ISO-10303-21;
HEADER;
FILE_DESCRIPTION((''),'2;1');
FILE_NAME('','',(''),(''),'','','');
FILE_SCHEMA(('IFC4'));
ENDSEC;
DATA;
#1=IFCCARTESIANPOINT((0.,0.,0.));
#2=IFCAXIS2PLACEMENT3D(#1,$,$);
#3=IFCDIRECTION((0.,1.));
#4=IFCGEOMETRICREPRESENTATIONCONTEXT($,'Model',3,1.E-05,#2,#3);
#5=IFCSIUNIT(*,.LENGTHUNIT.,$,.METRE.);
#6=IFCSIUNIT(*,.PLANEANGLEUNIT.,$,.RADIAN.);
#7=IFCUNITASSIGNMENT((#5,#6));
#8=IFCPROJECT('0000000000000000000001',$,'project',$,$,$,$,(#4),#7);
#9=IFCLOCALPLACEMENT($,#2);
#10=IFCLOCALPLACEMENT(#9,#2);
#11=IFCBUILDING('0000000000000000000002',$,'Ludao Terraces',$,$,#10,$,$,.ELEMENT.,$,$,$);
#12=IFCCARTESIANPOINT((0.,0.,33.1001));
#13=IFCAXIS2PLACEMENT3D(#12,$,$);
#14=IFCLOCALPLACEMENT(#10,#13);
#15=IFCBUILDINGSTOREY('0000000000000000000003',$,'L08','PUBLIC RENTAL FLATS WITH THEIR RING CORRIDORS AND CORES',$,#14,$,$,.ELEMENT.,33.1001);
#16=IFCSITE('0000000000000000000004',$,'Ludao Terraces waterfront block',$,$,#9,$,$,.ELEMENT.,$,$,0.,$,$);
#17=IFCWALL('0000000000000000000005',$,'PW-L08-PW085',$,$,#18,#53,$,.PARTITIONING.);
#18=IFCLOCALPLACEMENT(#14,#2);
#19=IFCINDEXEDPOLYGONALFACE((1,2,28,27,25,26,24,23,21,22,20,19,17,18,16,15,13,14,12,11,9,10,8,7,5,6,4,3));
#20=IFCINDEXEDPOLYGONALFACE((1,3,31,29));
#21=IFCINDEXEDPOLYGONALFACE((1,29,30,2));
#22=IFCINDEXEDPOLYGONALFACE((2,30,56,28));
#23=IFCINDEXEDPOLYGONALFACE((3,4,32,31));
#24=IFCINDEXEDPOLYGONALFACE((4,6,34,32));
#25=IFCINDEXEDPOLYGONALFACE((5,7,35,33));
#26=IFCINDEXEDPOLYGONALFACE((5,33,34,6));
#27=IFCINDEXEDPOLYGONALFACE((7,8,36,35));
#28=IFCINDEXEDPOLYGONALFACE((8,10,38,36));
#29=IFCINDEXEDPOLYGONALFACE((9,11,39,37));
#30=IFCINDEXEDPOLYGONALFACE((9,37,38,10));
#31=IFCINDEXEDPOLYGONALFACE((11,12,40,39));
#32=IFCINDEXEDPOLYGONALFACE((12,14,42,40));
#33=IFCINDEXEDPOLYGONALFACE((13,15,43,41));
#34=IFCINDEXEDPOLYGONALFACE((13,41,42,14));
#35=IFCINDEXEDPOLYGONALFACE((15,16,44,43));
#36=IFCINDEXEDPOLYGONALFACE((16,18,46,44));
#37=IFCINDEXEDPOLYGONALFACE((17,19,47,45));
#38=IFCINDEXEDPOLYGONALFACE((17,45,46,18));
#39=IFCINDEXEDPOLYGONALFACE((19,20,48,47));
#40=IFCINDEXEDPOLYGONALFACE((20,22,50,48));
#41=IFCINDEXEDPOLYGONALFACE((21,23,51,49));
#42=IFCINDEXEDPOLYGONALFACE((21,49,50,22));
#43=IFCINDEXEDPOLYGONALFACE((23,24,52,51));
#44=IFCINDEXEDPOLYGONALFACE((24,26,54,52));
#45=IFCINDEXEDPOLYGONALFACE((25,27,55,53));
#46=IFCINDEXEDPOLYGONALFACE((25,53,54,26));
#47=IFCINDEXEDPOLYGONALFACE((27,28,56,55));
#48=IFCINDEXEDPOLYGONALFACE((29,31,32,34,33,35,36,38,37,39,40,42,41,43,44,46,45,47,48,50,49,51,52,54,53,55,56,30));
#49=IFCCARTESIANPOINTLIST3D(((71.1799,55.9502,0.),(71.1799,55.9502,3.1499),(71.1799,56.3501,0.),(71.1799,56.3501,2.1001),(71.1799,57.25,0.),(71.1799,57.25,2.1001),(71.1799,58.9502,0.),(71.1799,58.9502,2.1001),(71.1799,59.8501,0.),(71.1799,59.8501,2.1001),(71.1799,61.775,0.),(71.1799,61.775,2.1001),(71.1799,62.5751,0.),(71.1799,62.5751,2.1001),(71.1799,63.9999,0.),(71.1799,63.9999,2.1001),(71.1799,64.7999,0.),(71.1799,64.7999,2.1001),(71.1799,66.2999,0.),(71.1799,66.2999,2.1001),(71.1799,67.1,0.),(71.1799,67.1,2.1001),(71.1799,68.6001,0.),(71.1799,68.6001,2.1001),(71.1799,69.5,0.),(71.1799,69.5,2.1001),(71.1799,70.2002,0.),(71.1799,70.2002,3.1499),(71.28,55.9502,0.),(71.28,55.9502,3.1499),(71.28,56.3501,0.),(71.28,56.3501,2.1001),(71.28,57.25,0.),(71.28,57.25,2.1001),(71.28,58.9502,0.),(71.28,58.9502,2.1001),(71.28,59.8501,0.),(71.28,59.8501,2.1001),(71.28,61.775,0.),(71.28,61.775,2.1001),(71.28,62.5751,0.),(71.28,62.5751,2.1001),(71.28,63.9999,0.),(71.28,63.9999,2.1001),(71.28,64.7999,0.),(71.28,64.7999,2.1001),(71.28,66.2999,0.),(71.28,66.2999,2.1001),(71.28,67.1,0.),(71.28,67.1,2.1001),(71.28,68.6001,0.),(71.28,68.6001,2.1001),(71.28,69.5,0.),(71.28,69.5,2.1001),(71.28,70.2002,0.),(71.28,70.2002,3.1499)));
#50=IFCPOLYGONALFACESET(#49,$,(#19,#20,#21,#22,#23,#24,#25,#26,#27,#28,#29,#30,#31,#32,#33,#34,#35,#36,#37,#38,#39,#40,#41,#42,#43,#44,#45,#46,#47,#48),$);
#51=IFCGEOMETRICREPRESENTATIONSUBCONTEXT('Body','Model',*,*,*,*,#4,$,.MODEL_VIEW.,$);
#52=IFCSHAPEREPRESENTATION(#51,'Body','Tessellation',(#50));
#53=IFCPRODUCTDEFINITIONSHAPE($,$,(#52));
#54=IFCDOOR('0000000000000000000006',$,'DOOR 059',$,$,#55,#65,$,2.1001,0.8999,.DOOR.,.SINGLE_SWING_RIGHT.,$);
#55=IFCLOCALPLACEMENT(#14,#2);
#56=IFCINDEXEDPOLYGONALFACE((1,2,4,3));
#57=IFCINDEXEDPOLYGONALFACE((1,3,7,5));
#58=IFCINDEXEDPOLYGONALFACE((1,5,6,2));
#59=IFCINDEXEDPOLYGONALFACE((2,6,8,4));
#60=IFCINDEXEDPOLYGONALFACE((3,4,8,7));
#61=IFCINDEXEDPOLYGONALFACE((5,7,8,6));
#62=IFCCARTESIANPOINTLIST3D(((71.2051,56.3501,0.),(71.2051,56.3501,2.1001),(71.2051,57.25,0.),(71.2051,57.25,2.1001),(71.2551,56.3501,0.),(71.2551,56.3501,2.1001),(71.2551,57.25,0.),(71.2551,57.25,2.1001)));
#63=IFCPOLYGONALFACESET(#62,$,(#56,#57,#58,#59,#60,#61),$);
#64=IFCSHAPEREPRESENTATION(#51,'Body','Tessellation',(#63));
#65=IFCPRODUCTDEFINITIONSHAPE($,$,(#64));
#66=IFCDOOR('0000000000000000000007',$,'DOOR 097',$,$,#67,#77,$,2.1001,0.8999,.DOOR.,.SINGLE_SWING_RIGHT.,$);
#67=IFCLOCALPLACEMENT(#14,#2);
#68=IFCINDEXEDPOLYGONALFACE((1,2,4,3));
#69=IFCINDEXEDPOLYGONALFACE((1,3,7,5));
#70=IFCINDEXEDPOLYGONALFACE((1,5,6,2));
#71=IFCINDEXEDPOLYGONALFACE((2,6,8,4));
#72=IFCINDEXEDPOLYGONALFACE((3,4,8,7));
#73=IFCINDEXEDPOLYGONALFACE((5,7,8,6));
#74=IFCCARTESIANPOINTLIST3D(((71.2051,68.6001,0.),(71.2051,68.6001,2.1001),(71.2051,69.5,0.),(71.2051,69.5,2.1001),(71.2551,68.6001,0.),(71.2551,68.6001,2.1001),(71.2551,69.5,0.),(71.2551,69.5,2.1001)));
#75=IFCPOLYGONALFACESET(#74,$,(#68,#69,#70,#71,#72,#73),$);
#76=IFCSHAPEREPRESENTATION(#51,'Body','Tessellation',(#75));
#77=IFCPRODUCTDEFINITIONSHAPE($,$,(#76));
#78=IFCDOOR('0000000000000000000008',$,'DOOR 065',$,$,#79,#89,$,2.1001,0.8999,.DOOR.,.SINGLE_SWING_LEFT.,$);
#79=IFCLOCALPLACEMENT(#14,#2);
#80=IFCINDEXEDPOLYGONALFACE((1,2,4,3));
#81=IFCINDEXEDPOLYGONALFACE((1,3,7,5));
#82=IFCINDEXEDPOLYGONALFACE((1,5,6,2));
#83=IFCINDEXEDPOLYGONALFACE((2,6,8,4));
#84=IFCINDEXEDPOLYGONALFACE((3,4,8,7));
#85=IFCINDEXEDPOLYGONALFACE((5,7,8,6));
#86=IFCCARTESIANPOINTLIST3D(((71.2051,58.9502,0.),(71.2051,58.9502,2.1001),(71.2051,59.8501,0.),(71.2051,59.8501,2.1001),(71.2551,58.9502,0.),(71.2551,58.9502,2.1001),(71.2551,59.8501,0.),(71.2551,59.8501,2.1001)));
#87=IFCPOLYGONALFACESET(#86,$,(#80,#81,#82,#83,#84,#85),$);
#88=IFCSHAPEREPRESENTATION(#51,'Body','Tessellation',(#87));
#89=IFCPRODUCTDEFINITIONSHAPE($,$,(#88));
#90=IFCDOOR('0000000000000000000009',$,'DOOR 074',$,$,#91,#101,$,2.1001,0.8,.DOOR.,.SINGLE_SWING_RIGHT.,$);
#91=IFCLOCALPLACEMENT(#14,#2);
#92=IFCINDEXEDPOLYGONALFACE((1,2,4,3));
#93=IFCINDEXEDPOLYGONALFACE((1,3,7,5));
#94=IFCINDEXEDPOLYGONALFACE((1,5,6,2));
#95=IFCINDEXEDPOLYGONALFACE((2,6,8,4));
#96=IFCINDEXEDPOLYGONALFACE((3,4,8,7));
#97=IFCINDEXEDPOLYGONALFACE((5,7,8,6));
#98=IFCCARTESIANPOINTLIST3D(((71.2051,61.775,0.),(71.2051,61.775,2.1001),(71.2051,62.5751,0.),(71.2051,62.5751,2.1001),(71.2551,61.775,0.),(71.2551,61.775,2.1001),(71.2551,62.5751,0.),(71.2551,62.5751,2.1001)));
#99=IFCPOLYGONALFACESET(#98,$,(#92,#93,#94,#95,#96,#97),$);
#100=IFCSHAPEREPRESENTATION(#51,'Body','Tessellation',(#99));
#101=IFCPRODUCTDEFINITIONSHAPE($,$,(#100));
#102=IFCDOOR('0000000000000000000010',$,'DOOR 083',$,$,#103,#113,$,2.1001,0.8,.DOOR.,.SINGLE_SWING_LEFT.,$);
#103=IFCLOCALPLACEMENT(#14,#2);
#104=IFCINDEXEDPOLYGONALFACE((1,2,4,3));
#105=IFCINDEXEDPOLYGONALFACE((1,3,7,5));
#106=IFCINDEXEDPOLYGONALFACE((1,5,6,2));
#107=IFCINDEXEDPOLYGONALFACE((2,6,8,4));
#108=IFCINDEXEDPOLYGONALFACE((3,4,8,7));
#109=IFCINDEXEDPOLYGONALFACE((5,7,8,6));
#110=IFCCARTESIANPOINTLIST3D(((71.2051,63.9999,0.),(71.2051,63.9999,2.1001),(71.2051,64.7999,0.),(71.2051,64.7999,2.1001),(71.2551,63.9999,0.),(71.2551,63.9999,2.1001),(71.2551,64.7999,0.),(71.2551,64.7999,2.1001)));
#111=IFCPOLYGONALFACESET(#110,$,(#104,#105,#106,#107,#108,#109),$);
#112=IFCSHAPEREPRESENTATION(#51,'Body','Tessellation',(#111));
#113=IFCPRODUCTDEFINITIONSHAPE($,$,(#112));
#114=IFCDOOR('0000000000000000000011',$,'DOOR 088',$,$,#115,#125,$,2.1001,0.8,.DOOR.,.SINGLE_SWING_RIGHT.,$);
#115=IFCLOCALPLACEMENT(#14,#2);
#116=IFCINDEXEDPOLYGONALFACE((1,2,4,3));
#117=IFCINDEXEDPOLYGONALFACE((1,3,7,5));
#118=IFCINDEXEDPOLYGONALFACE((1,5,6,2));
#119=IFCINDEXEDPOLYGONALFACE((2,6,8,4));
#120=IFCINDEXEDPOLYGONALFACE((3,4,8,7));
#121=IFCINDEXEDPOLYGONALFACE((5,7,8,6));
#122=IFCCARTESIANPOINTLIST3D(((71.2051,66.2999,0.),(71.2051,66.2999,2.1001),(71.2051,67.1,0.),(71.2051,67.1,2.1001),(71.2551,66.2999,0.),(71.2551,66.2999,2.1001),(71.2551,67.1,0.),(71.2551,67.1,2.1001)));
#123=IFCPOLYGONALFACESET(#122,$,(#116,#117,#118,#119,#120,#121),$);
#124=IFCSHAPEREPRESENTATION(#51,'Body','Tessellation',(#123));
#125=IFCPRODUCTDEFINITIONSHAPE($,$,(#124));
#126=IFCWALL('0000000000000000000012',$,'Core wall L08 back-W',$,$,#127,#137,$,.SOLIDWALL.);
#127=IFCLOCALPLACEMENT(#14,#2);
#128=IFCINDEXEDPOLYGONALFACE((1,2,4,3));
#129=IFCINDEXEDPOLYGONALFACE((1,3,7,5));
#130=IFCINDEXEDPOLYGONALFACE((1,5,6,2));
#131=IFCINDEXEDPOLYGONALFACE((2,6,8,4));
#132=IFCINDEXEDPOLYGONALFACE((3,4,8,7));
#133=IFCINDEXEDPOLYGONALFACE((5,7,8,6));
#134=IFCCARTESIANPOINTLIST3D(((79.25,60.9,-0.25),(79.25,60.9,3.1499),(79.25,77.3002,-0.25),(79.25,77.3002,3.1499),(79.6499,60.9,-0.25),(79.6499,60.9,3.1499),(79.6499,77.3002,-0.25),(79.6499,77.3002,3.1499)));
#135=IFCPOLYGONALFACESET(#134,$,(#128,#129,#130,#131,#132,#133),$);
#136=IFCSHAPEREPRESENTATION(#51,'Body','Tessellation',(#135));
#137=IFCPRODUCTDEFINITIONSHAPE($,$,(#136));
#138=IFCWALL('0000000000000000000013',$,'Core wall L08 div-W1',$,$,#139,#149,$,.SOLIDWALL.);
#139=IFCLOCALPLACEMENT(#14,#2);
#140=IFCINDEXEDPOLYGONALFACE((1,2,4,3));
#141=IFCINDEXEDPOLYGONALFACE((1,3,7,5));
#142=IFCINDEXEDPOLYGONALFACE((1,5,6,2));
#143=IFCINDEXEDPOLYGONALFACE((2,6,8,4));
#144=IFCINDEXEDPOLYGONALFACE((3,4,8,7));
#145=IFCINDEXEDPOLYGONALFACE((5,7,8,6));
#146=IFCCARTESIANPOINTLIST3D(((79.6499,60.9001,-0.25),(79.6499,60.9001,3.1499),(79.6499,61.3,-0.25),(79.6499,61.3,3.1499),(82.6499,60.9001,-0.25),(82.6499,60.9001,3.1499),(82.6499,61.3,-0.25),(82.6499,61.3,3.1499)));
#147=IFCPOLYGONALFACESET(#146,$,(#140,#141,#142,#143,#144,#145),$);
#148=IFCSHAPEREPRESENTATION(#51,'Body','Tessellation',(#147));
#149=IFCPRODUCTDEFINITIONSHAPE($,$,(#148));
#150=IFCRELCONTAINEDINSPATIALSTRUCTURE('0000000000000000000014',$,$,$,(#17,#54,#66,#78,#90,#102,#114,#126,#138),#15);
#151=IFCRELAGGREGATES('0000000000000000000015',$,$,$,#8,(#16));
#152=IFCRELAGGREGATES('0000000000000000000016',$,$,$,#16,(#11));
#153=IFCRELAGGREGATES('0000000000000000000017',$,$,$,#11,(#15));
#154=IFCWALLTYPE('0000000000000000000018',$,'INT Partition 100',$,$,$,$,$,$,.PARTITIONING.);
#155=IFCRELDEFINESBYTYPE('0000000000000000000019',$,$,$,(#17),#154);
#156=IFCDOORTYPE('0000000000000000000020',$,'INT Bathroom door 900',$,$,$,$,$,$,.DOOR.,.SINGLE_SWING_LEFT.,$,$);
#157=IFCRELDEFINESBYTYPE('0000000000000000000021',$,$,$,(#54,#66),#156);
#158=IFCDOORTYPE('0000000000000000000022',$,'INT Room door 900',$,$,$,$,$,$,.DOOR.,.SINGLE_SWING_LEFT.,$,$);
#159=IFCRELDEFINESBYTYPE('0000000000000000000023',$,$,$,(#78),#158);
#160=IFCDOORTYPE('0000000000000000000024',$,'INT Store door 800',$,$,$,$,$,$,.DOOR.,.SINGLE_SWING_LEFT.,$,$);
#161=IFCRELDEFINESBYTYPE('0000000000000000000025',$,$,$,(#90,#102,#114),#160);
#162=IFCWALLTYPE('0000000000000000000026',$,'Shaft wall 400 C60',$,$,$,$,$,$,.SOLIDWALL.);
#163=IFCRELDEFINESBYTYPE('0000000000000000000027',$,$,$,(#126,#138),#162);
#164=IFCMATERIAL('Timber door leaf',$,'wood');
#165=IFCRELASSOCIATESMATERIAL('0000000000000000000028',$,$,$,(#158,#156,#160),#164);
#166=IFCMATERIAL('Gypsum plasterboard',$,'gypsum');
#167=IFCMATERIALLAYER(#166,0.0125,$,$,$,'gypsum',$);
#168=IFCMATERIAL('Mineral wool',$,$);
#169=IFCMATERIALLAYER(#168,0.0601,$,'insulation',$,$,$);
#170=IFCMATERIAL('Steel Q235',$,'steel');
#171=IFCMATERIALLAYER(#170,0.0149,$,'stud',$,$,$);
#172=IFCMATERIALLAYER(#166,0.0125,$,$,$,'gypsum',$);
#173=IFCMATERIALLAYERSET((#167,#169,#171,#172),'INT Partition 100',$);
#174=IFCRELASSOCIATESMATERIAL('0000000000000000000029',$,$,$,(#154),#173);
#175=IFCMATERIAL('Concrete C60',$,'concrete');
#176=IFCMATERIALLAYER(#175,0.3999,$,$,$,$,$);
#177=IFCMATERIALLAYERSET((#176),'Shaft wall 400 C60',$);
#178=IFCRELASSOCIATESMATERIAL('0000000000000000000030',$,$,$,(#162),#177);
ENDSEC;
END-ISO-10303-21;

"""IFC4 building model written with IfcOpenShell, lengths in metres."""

from ifc_helpers import new_model, si_unit, direction, frame, frame_2d, origin, place, context, subcontext, project, spatial, rectangle, extrude, material, layer, layer_set, type_object, element, fill, save


model = new_model("IFC4")

# Units and contexts
model_context = context("Model", 3, precision=1e-05, world=origin(), true_north=direction((0.0, 1.0)))
body_context = subcontext(model_context, "Body", "Model", "MODEL_VIEW")
ifc_project = project(units=[si_unit("LENGTHUNIT", "METRE"), si_unit("PLANEANGLEUNIT", "RADIAN")], contexts=[model_context])

# Site, building, storey
site_placement = place(None, origin())
site = spatial("IfcSite", under=ifc_project, at=site_placement, Name="Ludao Terraces waterfront block", CompositionType="ELEMENT", RefElevation=0.0)
building_placement = place(site_placement, origin())
building = spatial("IfcBuilding", under=site, at=building_placement, Name="Ludao Terraces", CompositionType="ELEMENT")
storey_placement = place(building_placement, frame((0.0, 0.0, 33.1001)))
storey = spatial("IfcBuildingStorey", under=building, at=storey_placement, Name="L08", Description="PUBLIC RENTAL FLATS WITH THEIR RING CORRIDORS AND CORES", CompositionType="ELEMENT", Elevation=33.1001)

# Shared definitions
ifc_material_1 = material(Name="Concrete C60", Category="concrete")

# Shared definitions
ifc_material_2 = material(Name="Steel Q235", Category="steel")
ifc_material_3 = material(Name="Mineral wool")
ifc_material_4 = material(Name="Timber door leaf", Category="wood")
door_type_1 = type_object("IfcDoorType", Name="INT Room door 900", OperationType="SINGLE_SWING_LEFT", PredefinedType="DOOR", material=ifc_material_4)

# Shared definitions
ifc_material_5 = material(Name="Gypsum plasterboard", Category="gypsum")
ifc_layer_1 = layer(ifc_material_5, 0.0125, Category="gypsum")
ifc_layer_2 = layer(ifc_material_3, 0.0601, Name="insulation")
ifc_layer_3 = layer(ifc_material_2, 0.0149, Name="stud")
ifc_layer_4 = layer(ifc_material_5, 0.0125, Category="gypsum")
ifc_layer_set_1 = layer_set([ifc_layer_1, ifc_layer_2, ifc_layer_3, ifc_layer_4], Name="INT Partition 100")
wall_type_1 = type_object("IfcWallType", Name="INT Partition 100", PredefinedType="PARTITIONING", material=ifc_layer_set_1)

# Wall, openings, doors
wall_1_placement = place(storey_placement, frame((71.23, 55.9502, 0.0), z_axis=(0.0, 0.0, 1.0), x_axis=(0.0, 1.0, 0.0)))
wall_1 = element("IfcWall", 1, at=wall_1_placement, inside=storey, type_object=wall_type_1, Name="PW-L08-PW085", PredefinedType="PARTITIONING", context=body_context, shape_type="SweptSolid", body=[
    extrude(rectangle(XDim=14.25, YDim=0.1001, at=frame_2d((7.125, 0.0))), origin(), (0.0, 0.0, 1.0), 3.1499),
])
opening_1_placement = place(wall_1_placement, frame((0.3999, 0.0, 0.0)))
opening_1 = element("IfcOpeningElement", 2, at=opening_1_placement, cuts=wall_1, PredefinedType="OPENING", context=body_context, shape_type="SweptSolid", body=[
    extrude(rectangle(XDim=0.8999, YDim=2.1001, at=frame_2d((0.45, 1.05))), frame((0.0, 0.0601, 0.0), z_axis=(0.0, -1.0, 0.0), x_axis=(1.0, 0.0, 0.0)), (0.0, 0.0, 1.0), 0.1201),
])
opening_2_placement = place(wall_1_placement, frame((3.0, 0.0, 0.0)))
opening_2 = element("IfcOpeningElement", 3, at=opening_2_placement, cuts=wall_1, PredefinedType="OPENING", context=body_context, shape_type="SweptSolid", body=[
    extrude(rectangle(XDim=0.8999, YDim=2.1001, at=frame_2d((0.45, 1.05))), frame((0.0, 0.0601, 0.0), z_axis=(0.0, -1.0, 0.0), x_axis=(1.0, 0.0, 0.0)), (0.0, 0.0, 1.0), 0.1201),
])
opening_3_placement = place(wall_1_placement, frame((5.825, 0.0, 0.0)))
opening_3 = element("IfcOpeningElement", 4, at=opening_3_placement, cuts=wall_1, PredefinedType="OPENING", context=body_context, shape_type="SweptSolid", body=[
    extrude(rectangle(XDim=0.8, YDim=2.1001, at=frame_2d((0.3999, 1.05))), frame((0.0, 0.0601, 0.0), z_axis=(0.0, -1.0, 0.0), x_axis=(1.0, 0.0, 0.0)), (0.0, 0.0, 1.0), 0.1201),
])
opening_4_placement = place(wall_1_placement, frame((8.0498, 0.0, 0.0)))
opening_4 = element("IfcOpeningElement", 5, at=opening_4_placement, cuts=wall_1, PredefinedType="OPENING", context=body_context, shape_type="SweptSolid", body=[
    extrude(rectangle(XDim=0.8, YDim=2.1001, at=frame_2d((0.3999, 1.05))), frame((0.0, 0.0601, 0.0), z_axis=(0.0, -1.0, 0.0), x_axis=(1.0, 0.0, 0.0)), (0.0, 0.0, 1.0), 0.1201),
])
opening_5_placement = place(wall_1_placement, frame((10.3499, 0.0, 0.0)))
opening_5 = element("IfcOpeningElement", 6, at=opening_5_placement, cuts=wall_1, PredefinedType="OPENING", context=body_context, shape_type="SweptSolid", body=[
    extrude(rectangle(XDim=0.8, YDim=2.1001, at=frame_2d((0.3999, 1.05))), frame((0.0, 0.0601, 0.0), z_axis=(0.0, -1.0, 0.0), x_axis=(1.0, 0.0, 0.0)), (0.0, 0.0, 1.0), 0.1201),
])
opening_6_placement = place(wall_1_placement, frame((12.6499, 0.0, 0.0)))
opening_6 = element("IfcOpeningElement", 7, at=opening_6_placement, cuts=wall_1, PredefinedType="OPENING", context=body_context, shape_type="SweptSolid", body=[
    extrude(rectangle(XDim=0.8999, YDim=2.1001, at=frame_2d((0.45, 1.05))), frame((0.0, 0.0601, 0.0), z_axis=(0.0, -1.0, 0.0), x_axis=(1.0, 0.0, 0.0)), (0.0, 0.0, 1.0), 0.1201),
])
door_type_2 = type_object("IfcDoorType", Name="INT Bathroom door 900", OperationType="SINGLE_SWING_LEFT", PredefinedType="DOOR", material=ifc_material_4)
door_1_placement = place(opening_1_placement, origin())
door_1 = element("IfcDoor", 8, at=door_1_placement, inside=storey, type_object=door_type_2, Name="DOOR 059", OperationType="SINGLE_SWING_RIGHT", OverallHeight=2.1001, OverallWidth=0.8999, PredefinedType="DOOR", context=body_context, shape_type="SweptSolid", body=[
    extrude(rectangle(XDim=0.8999, YDim=2.1001, at=frame_2d((0.45, 1.05))), frame((0.0, 0.0249, 0.0), z_axis=(0.0, -1.0, 0.0), x_axis=(1.0, 0.0, 0.0)), (0.0, 0.0, 1.0), 0.05),
])
fill(opening_1, door_1)
door_2_placement = place(opening_6_placement, origin())
door_2 = element("IfcDoor", 9, at=door_2_placement, inside=storey, type_object=door_type_2, Name="DOOR 097", OperationType="SINGLE_SWING_RIGHT", OverallHeight=2.1001, OverallWidth=0.8999, PredefinedType="DOOR", context=body_context, shape_type="SweptSolid", body=[
    extrude(rectangle(XDim=0.8999, YDim=2.1001, at=frame_2d((0.45, 1.05))), frame((0.0, 0.0249, 0.0), z_axis=(0.0, -1.0, 0.0), x_axis=(1.0, 0.0, 0.0)), (0.0, 0.0, 1.0), 0.05),
])
fill(opening_6, door_2)
door_3_placement = place(opening_2_placement, origin())
door_3 = element("IfcDoor", 10, at=door_3_placement, inside=storey, type_object=door_type_1, Name="DOOR 065", OperationType="SINGLE_SWING_LEFT", OverallHeight=2.1001, OverallWidth=0.8999, PredefinedType="DOOR", context=body_context, shape_type="SweptSolid", body=[
    extrude(rectangle(XDim=0.8999, YDim=2.1001, at=frame_2d((0.45, 1.05))), frame((0.0, 0.0249, 0.0), z_axis=(0.0, -1.0, 0.0), x_axis=(1.0, 0.0, 0.0)), (0.0, 0.0, 1.0), 0.05),
])
fill(opening_2, door_3)
door_type_3 = type_object("IfcDoorType", Name="INT Store door 800", OperationType="SINGLE_SWING_LEFT", PredefinedType="DOOR", material=ifc_material_4)
door_4_placement = place(opening_3_placement, origin())
door_4 = element("IfcDoor", 11, at=door_4_placement, inside=storey, type_object=door_type_3, Name="DOOR 074", OperationType="SINGLE_SWING_RIGHT", OverallHeight=2.1001, OverallWidth=0.8, PredefinedType="DOOR", context=body_context, shape_type="SweptSolid", body=[
    extrude(rectangle(XDim=0.8, YDim=2.1001, at=frame_2d((0.3999, 1.05))), frame((0.0, 0.0249, 0.0), z_axis=(0.0, -1.0, 0.0), x_axis=(1.0, 0.0, 0.0)), (0.0, 0.0, 1.0), 0.05),
])
fill(opening_3, door_4)
door_5_placement = place(opening_4_placement, origin())
door_5 = element("IfcDoor", 12, at=door_5_placement, inside=storey, type_object=door_type_3, Name="DOOR 083", OperationType="SINGLE_SWING_LEFT", OverallHeight=2.1001, OverallWidth=0.8, PredefinedType="DOOR", context=body_context, shape_type="SweptSolid", body=[
    extrude(rectangle(XDim=0.8, YDim=2.1001, at=frame_2d((0.3999, 1.05))), frame((0.0, 0.0249, 0.0), z_axis=(0.0, -1.0, 0.0), x_axis=(1.0, 0.0, 0.0)), (0.0, 0.0, 1.0), 0.05),
])
fill(opening_4, door_5)
door_6_placement = place(opening_5_placement, origin())
door_6 = element("IfcDoor", 13, at=door_6_placement, inside=storey, type_object=door_type_3, Name="DOOR 088", OperationType="SINGLE_SWING_RIGHT", OverallHeight=2.1001, OverallWidth=0.8, PredefinedType="DOOR", context=body_context, shape_type="SweptSolid", body=[
    extrude(rectangle(XDim=0.8, YDim=2.1001, at=frame_2d((0.3999, 1.05))), frame((0.0, 0.0249, 0.0), z_axis=(0.0, -1.0, 0.0), x_axis=(1.0, 0.0, 0.0)), (0.0, 0.0, 1.0), 0.05),
])
fill(opening_5, door_6)

# Walls
ifc_layer_5 = layer(ifc_material_1, 0.3999)
ifc_layer_set_2 = layer_set([ifc_layer_5], Name="Shaft wall 400 C60")
wall_type_2 = type_object("IfcWallType", Name="Shaft wall 400 C60", PredefinedType="SOLIDWALL", material=ifc_layer_set_2)
wall_2_placement = place(storey_placement, frame((79.45, 60.8999, -0.25), z_axis=(0.0, 0.0, 1.0), x_axis=(0.0, 1.0, 0.0)))
element("IfcWall", 14, at=wall_2_placement, inside=storey, type_object=wall_type_2, Name="Core wall L08 back-W", PredefinedType="SOLIDWALL", context=body_context, shape_type="SweptSolid", body=[
    extrude(rectangle(XDim=16.4001, YDim=0.3999, at=frame_2d((8.2002, 0.0))), origin(), (0.0, 0.0, 1.0), 3.3999),
])
wall_3_placement = place(storey_placement, frame((79.6499, 61.1001, -0.25), z_axis=(0.0, 0.0, 1.0), x_axis=(1.0, 0.0, 0.0)))
element("IfcWall", 15, at=wall_3_placement, inside=storey, type_object=wall_type_2, Name="Core wall L08 div-W1", PredefinedType="SOLIDWALL", context=body_context, shape_type="SweptSolid", body=[
    extrude(rectangle(XDim=3.0, YDim=0.3999, at=frame_2d((1.5, 0.0))), origin(), (0.0, 0.0, 1.0), 3.3999),
])

save(model, "model.ifc")
